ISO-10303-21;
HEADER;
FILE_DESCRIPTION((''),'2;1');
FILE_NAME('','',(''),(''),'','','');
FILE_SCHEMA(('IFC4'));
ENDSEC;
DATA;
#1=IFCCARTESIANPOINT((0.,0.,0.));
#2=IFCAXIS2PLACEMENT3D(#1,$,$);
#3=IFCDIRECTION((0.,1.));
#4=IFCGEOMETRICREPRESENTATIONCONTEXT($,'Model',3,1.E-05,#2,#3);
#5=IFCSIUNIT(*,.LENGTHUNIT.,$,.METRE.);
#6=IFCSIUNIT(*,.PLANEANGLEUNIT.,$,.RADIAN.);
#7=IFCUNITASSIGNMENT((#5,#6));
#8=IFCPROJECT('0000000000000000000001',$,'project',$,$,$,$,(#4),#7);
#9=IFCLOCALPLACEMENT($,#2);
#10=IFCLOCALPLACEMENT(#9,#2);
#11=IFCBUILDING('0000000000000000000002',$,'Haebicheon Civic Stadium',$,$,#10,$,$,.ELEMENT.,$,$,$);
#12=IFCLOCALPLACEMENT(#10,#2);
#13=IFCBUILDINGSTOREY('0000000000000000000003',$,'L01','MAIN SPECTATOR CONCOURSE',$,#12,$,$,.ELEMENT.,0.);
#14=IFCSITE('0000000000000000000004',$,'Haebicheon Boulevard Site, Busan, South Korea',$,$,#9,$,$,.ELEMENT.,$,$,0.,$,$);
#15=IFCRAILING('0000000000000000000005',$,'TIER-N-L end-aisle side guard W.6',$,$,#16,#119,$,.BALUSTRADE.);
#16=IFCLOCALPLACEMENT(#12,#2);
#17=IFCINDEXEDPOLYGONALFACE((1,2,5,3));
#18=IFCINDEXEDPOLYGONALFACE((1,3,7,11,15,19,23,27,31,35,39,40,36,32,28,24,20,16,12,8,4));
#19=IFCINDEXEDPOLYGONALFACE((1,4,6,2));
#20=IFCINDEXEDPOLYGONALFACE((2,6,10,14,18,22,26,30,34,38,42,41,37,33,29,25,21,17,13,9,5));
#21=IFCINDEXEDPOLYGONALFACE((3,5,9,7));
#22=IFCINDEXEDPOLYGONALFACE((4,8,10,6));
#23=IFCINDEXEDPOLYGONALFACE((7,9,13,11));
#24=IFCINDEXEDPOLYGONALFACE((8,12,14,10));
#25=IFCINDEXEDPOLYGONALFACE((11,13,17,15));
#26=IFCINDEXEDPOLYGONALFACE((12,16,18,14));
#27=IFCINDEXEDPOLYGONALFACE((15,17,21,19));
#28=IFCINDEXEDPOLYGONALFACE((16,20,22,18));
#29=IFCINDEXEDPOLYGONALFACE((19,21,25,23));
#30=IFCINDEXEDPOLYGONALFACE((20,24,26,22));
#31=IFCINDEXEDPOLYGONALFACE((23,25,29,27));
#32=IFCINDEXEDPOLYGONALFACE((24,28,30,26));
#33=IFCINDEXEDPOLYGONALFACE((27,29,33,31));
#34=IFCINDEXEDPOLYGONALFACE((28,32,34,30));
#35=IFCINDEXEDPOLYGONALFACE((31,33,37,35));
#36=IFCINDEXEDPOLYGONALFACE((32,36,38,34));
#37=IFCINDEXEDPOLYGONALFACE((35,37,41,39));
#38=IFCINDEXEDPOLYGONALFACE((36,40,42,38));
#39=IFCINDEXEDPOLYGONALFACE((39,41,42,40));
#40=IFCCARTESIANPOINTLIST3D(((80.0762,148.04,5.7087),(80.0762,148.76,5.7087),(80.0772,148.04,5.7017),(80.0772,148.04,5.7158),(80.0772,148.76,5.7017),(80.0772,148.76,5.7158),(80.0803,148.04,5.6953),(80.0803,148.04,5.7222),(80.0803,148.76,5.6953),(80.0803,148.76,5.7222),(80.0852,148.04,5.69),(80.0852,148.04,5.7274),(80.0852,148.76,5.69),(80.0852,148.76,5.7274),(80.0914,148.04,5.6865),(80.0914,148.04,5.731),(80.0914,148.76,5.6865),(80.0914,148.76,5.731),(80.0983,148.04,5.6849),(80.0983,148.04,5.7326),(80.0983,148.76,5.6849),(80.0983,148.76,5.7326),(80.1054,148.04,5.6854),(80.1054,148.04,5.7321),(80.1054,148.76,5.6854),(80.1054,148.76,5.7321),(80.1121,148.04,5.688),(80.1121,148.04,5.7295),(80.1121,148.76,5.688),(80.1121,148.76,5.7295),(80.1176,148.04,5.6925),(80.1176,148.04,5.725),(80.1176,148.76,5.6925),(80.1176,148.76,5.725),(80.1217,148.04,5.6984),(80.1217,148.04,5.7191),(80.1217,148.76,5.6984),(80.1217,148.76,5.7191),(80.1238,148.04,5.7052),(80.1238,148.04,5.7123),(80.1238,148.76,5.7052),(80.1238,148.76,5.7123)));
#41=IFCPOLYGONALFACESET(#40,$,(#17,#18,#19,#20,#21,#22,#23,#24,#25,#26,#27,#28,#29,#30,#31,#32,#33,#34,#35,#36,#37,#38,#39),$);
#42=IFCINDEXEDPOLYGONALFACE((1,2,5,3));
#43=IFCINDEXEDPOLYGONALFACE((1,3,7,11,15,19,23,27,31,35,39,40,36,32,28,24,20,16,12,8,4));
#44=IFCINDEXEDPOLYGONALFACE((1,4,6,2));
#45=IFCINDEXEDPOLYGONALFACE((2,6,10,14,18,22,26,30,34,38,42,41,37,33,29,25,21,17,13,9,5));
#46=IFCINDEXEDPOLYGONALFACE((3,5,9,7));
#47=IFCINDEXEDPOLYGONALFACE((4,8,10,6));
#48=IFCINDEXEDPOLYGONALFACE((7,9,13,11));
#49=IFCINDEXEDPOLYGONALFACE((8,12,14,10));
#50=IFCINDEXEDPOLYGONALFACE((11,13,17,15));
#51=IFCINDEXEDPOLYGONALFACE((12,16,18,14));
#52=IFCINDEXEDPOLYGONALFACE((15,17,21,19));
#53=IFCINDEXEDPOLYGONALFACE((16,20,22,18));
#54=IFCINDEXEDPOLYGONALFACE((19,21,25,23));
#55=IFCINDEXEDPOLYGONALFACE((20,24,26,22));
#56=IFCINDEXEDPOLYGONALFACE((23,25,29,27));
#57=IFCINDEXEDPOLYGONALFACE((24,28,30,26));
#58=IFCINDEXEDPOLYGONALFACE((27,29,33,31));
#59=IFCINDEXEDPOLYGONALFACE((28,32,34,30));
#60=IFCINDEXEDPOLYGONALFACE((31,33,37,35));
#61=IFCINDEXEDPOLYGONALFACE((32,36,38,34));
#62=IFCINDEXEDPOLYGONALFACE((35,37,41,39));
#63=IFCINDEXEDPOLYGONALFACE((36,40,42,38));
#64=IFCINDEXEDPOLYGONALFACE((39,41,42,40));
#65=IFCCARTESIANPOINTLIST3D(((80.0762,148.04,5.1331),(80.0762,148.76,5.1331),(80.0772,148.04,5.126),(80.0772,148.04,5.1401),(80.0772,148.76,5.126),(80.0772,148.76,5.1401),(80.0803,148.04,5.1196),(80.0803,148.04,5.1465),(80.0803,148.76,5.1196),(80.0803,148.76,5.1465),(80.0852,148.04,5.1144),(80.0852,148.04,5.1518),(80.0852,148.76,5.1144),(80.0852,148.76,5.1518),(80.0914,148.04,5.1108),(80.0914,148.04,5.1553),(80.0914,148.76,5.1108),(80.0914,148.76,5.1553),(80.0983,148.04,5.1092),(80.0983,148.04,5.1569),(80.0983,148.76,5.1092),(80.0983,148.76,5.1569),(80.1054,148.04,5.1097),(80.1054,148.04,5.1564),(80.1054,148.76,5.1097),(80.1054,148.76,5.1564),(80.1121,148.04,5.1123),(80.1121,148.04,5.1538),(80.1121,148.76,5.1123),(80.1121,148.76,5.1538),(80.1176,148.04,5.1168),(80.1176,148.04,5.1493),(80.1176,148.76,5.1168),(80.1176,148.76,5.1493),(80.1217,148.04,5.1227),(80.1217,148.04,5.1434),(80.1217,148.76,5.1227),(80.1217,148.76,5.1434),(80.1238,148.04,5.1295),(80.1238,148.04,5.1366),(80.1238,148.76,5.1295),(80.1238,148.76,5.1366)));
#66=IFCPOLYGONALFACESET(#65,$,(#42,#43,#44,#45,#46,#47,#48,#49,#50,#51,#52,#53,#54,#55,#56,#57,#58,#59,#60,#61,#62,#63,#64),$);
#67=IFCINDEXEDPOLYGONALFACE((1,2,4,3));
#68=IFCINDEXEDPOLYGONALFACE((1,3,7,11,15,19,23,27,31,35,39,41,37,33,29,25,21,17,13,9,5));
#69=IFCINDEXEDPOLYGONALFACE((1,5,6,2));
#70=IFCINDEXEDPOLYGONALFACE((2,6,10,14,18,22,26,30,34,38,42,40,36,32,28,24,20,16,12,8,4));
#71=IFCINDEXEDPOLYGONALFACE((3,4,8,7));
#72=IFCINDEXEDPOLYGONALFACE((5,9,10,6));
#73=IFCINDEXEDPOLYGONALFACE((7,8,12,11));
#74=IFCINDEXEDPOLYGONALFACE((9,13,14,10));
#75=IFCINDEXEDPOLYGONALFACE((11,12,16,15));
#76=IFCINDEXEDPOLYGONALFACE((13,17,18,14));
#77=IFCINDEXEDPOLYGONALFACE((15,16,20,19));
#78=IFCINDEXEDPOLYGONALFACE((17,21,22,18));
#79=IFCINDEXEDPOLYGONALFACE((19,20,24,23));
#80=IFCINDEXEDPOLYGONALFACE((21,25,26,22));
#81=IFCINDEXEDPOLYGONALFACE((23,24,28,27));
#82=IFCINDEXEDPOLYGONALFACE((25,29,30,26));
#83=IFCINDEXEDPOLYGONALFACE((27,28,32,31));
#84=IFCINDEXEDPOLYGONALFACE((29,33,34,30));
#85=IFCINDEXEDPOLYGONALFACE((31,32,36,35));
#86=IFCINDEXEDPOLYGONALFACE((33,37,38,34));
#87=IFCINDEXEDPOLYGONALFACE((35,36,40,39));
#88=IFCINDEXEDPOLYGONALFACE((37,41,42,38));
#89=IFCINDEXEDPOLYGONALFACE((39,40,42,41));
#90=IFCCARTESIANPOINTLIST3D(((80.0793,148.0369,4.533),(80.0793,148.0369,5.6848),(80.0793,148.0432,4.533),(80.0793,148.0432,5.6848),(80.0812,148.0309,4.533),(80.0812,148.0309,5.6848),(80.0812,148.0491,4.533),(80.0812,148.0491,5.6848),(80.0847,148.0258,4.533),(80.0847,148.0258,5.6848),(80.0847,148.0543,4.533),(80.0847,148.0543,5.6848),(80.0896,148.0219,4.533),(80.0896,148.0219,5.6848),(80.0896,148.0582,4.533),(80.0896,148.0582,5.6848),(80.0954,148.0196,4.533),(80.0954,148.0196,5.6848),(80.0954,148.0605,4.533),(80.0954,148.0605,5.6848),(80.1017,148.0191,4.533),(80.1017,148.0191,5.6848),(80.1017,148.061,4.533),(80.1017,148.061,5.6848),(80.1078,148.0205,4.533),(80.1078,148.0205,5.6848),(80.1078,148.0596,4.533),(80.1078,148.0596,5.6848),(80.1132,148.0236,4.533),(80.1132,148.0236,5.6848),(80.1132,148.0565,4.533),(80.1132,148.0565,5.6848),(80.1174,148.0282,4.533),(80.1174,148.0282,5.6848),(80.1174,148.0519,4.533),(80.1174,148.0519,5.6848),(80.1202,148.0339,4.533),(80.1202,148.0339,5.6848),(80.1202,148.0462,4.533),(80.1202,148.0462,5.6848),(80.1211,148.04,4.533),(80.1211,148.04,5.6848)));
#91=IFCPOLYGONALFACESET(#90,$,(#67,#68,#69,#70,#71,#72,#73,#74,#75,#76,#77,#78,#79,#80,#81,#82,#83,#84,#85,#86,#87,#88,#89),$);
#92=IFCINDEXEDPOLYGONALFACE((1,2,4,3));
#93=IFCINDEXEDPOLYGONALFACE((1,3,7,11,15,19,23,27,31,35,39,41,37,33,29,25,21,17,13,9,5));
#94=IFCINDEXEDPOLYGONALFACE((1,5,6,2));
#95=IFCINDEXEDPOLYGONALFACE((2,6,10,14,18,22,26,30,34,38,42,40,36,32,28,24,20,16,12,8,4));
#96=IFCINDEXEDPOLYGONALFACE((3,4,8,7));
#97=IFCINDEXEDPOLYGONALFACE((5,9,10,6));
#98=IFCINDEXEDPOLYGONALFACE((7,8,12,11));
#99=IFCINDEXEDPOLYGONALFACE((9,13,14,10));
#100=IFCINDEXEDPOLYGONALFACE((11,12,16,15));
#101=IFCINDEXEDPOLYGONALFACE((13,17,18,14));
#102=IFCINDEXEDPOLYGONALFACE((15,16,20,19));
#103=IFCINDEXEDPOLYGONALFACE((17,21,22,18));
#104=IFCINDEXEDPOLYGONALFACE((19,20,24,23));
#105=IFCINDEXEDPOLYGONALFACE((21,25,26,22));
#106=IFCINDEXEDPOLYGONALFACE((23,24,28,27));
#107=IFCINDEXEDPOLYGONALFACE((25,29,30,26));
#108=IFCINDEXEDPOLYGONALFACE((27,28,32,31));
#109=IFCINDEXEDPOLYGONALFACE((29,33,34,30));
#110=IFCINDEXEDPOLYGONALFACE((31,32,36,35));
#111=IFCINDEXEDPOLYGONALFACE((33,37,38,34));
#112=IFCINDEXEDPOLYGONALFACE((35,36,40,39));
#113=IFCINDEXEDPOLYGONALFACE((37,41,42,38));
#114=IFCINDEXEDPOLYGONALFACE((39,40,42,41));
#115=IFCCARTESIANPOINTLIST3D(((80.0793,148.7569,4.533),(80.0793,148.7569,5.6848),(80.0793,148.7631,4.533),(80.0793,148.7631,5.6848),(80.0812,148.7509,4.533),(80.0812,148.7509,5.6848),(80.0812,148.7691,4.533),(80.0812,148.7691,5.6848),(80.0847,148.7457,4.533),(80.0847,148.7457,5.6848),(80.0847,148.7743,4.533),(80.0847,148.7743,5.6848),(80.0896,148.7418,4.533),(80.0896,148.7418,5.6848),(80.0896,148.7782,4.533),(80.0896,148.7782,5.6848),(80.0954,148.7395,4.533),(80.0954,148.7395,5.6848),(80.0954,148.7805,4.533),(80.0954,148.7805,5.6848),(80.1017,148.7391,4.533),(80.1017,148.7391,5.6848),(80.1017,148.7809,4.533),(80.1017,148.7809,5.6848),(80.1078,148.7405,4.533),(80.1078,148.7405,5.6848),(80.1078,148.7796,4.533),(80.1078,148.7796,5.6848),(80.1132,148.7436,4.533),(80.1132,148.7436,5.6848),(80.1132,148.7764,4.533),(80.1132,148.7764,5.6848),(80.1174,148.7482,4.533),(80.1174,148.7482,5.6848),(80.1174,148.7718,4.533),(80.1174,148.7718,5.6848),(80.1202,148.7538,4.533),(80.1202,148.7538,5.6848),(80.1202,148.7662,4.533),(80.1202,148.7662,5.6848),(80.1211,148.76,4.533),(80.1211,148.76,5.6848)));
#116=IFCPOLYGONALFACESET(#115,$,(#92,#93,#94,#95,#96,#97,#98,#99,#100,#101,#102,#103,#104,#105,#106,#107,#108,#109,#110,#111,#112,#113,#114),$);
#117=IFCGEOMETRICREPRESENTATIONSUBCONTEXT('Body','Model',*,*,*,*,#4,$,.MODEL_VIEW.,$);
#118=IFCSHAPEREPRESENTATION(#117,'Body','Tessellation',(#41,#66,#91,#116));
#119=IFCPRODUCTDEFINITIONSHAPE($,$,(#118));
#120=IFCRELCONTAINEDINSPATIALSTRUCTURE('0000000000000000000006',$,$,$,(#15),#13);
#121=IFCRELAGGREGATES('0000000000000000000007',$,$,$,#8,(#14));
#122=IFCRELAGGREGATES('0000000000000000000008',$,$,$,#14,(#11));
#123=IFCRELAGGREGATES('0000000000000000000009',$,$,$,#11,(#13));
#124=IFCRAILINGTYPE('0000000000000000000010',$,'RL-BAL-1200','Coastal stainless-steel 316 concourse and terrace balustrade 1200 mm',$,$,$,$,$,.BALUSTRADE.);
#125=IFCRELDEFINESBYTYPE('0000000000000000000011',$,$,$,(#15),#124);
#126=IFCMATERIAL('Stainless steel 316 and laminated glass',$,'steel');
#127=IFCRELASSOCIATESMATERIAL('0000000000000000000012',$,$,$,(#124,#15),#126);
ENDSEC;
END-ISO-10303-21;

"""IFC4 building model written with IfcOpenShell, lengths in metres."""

from ifc_helpers import new_model, si_unit, direction, frame, origin, origin_2d, place, context, subcontext, project, spatial, circle, extrude, material, type_object, element, save


model = new_model("IFC4")

# Units and contexts
model_context = context("Model", 3, precision=1e-05, world=origin(), true_north=direction((0.0, 1.0)))
body_context = subcontext(model_context, "Body", "Model", "MODEL_VIEW")
ifc_project = project(units=[si_unit("LENGTHUNIT", "METRE"), si_unit("PLANEANGLEUNIT", "RADIAN")], contexts=[model_context])

# Site, building, storey
site_placement = place(None, origin())
site = spatial("IfcSite", under=ifc_project, at=site_placement, Name="Haebicheon Boulevard Site, Busan, South Korea", CompositionType="ELEMENT", RefElevation=0.0)
building_placement = place(site_placement, origin())
building = spatial("IfcBuilding", under=site, at=building_placement, Name="Haebicheon Civic Stadium", CompositionType="ELEMENT")
storey_placement = place(building_placement, origin())
storey = spatial("IfcBuildingStorey", under=building, at=storey_placement, Name="L01", Description="MAIN SPECTATOR CONCOURSE", CompositionType="ELEMENT", Elevation=0.0)

# Railing
ifc_material_1 = material(Name="Stainless steel 316 and laminated glass", Category="steel")
railing_type_1 = type_object("IfcRailingType", Name="RL-BAL-1200", Description="Coastal stainless-steel 316 concourse and terrace balustrade 1200 mm", PredefinedType="BALUSTRADE", material=ifc_material_1)
for number, where, name in (
    (1, (80.1001, 148.04, 4.533), "TIER-N-L end-aisle side guard W.6"),
):
    element("IfcRailing", number, at=place(storey_placement, frame(where)), inside=storey, type_object=railing_type_1, material=ifc_material_1, Name=name, PredefinedType="BALUSTRADE", context=body_context, shape_type="SweptSolid", body=[
        extrude(circle(Radius=0.0239, at=origin_2d()), frame((0.0, 0.0, 1.1758), z_axis=(0.0, 1.0, 0.0), x_axis=(-1.0, 0.0, 0.0)), (0.0, 0.0, 1.0), 0.72),
        extrude(circle(Radius=0.0239, at=origin_2d()), frame((0.0, 0.0, 0.6001), z_axis=(0.0, 1.0, 0.0), x_axis=(-1.0, 0.0, 0.0)), (0.0, 0.0, 1.0), 0.72),
        extrude(circle(Radius=0.021, at=origin_2d()), origin(), (0.0, 0.0, 1.0), 1.1519),
        extrude(circle(Radius=0.021, at=origin_2d()), frame((0.0, 0.72, 0.0)), (0.0, 0.0, 1.0), 1.1519),
    ])

save(model, "model.ifc")
